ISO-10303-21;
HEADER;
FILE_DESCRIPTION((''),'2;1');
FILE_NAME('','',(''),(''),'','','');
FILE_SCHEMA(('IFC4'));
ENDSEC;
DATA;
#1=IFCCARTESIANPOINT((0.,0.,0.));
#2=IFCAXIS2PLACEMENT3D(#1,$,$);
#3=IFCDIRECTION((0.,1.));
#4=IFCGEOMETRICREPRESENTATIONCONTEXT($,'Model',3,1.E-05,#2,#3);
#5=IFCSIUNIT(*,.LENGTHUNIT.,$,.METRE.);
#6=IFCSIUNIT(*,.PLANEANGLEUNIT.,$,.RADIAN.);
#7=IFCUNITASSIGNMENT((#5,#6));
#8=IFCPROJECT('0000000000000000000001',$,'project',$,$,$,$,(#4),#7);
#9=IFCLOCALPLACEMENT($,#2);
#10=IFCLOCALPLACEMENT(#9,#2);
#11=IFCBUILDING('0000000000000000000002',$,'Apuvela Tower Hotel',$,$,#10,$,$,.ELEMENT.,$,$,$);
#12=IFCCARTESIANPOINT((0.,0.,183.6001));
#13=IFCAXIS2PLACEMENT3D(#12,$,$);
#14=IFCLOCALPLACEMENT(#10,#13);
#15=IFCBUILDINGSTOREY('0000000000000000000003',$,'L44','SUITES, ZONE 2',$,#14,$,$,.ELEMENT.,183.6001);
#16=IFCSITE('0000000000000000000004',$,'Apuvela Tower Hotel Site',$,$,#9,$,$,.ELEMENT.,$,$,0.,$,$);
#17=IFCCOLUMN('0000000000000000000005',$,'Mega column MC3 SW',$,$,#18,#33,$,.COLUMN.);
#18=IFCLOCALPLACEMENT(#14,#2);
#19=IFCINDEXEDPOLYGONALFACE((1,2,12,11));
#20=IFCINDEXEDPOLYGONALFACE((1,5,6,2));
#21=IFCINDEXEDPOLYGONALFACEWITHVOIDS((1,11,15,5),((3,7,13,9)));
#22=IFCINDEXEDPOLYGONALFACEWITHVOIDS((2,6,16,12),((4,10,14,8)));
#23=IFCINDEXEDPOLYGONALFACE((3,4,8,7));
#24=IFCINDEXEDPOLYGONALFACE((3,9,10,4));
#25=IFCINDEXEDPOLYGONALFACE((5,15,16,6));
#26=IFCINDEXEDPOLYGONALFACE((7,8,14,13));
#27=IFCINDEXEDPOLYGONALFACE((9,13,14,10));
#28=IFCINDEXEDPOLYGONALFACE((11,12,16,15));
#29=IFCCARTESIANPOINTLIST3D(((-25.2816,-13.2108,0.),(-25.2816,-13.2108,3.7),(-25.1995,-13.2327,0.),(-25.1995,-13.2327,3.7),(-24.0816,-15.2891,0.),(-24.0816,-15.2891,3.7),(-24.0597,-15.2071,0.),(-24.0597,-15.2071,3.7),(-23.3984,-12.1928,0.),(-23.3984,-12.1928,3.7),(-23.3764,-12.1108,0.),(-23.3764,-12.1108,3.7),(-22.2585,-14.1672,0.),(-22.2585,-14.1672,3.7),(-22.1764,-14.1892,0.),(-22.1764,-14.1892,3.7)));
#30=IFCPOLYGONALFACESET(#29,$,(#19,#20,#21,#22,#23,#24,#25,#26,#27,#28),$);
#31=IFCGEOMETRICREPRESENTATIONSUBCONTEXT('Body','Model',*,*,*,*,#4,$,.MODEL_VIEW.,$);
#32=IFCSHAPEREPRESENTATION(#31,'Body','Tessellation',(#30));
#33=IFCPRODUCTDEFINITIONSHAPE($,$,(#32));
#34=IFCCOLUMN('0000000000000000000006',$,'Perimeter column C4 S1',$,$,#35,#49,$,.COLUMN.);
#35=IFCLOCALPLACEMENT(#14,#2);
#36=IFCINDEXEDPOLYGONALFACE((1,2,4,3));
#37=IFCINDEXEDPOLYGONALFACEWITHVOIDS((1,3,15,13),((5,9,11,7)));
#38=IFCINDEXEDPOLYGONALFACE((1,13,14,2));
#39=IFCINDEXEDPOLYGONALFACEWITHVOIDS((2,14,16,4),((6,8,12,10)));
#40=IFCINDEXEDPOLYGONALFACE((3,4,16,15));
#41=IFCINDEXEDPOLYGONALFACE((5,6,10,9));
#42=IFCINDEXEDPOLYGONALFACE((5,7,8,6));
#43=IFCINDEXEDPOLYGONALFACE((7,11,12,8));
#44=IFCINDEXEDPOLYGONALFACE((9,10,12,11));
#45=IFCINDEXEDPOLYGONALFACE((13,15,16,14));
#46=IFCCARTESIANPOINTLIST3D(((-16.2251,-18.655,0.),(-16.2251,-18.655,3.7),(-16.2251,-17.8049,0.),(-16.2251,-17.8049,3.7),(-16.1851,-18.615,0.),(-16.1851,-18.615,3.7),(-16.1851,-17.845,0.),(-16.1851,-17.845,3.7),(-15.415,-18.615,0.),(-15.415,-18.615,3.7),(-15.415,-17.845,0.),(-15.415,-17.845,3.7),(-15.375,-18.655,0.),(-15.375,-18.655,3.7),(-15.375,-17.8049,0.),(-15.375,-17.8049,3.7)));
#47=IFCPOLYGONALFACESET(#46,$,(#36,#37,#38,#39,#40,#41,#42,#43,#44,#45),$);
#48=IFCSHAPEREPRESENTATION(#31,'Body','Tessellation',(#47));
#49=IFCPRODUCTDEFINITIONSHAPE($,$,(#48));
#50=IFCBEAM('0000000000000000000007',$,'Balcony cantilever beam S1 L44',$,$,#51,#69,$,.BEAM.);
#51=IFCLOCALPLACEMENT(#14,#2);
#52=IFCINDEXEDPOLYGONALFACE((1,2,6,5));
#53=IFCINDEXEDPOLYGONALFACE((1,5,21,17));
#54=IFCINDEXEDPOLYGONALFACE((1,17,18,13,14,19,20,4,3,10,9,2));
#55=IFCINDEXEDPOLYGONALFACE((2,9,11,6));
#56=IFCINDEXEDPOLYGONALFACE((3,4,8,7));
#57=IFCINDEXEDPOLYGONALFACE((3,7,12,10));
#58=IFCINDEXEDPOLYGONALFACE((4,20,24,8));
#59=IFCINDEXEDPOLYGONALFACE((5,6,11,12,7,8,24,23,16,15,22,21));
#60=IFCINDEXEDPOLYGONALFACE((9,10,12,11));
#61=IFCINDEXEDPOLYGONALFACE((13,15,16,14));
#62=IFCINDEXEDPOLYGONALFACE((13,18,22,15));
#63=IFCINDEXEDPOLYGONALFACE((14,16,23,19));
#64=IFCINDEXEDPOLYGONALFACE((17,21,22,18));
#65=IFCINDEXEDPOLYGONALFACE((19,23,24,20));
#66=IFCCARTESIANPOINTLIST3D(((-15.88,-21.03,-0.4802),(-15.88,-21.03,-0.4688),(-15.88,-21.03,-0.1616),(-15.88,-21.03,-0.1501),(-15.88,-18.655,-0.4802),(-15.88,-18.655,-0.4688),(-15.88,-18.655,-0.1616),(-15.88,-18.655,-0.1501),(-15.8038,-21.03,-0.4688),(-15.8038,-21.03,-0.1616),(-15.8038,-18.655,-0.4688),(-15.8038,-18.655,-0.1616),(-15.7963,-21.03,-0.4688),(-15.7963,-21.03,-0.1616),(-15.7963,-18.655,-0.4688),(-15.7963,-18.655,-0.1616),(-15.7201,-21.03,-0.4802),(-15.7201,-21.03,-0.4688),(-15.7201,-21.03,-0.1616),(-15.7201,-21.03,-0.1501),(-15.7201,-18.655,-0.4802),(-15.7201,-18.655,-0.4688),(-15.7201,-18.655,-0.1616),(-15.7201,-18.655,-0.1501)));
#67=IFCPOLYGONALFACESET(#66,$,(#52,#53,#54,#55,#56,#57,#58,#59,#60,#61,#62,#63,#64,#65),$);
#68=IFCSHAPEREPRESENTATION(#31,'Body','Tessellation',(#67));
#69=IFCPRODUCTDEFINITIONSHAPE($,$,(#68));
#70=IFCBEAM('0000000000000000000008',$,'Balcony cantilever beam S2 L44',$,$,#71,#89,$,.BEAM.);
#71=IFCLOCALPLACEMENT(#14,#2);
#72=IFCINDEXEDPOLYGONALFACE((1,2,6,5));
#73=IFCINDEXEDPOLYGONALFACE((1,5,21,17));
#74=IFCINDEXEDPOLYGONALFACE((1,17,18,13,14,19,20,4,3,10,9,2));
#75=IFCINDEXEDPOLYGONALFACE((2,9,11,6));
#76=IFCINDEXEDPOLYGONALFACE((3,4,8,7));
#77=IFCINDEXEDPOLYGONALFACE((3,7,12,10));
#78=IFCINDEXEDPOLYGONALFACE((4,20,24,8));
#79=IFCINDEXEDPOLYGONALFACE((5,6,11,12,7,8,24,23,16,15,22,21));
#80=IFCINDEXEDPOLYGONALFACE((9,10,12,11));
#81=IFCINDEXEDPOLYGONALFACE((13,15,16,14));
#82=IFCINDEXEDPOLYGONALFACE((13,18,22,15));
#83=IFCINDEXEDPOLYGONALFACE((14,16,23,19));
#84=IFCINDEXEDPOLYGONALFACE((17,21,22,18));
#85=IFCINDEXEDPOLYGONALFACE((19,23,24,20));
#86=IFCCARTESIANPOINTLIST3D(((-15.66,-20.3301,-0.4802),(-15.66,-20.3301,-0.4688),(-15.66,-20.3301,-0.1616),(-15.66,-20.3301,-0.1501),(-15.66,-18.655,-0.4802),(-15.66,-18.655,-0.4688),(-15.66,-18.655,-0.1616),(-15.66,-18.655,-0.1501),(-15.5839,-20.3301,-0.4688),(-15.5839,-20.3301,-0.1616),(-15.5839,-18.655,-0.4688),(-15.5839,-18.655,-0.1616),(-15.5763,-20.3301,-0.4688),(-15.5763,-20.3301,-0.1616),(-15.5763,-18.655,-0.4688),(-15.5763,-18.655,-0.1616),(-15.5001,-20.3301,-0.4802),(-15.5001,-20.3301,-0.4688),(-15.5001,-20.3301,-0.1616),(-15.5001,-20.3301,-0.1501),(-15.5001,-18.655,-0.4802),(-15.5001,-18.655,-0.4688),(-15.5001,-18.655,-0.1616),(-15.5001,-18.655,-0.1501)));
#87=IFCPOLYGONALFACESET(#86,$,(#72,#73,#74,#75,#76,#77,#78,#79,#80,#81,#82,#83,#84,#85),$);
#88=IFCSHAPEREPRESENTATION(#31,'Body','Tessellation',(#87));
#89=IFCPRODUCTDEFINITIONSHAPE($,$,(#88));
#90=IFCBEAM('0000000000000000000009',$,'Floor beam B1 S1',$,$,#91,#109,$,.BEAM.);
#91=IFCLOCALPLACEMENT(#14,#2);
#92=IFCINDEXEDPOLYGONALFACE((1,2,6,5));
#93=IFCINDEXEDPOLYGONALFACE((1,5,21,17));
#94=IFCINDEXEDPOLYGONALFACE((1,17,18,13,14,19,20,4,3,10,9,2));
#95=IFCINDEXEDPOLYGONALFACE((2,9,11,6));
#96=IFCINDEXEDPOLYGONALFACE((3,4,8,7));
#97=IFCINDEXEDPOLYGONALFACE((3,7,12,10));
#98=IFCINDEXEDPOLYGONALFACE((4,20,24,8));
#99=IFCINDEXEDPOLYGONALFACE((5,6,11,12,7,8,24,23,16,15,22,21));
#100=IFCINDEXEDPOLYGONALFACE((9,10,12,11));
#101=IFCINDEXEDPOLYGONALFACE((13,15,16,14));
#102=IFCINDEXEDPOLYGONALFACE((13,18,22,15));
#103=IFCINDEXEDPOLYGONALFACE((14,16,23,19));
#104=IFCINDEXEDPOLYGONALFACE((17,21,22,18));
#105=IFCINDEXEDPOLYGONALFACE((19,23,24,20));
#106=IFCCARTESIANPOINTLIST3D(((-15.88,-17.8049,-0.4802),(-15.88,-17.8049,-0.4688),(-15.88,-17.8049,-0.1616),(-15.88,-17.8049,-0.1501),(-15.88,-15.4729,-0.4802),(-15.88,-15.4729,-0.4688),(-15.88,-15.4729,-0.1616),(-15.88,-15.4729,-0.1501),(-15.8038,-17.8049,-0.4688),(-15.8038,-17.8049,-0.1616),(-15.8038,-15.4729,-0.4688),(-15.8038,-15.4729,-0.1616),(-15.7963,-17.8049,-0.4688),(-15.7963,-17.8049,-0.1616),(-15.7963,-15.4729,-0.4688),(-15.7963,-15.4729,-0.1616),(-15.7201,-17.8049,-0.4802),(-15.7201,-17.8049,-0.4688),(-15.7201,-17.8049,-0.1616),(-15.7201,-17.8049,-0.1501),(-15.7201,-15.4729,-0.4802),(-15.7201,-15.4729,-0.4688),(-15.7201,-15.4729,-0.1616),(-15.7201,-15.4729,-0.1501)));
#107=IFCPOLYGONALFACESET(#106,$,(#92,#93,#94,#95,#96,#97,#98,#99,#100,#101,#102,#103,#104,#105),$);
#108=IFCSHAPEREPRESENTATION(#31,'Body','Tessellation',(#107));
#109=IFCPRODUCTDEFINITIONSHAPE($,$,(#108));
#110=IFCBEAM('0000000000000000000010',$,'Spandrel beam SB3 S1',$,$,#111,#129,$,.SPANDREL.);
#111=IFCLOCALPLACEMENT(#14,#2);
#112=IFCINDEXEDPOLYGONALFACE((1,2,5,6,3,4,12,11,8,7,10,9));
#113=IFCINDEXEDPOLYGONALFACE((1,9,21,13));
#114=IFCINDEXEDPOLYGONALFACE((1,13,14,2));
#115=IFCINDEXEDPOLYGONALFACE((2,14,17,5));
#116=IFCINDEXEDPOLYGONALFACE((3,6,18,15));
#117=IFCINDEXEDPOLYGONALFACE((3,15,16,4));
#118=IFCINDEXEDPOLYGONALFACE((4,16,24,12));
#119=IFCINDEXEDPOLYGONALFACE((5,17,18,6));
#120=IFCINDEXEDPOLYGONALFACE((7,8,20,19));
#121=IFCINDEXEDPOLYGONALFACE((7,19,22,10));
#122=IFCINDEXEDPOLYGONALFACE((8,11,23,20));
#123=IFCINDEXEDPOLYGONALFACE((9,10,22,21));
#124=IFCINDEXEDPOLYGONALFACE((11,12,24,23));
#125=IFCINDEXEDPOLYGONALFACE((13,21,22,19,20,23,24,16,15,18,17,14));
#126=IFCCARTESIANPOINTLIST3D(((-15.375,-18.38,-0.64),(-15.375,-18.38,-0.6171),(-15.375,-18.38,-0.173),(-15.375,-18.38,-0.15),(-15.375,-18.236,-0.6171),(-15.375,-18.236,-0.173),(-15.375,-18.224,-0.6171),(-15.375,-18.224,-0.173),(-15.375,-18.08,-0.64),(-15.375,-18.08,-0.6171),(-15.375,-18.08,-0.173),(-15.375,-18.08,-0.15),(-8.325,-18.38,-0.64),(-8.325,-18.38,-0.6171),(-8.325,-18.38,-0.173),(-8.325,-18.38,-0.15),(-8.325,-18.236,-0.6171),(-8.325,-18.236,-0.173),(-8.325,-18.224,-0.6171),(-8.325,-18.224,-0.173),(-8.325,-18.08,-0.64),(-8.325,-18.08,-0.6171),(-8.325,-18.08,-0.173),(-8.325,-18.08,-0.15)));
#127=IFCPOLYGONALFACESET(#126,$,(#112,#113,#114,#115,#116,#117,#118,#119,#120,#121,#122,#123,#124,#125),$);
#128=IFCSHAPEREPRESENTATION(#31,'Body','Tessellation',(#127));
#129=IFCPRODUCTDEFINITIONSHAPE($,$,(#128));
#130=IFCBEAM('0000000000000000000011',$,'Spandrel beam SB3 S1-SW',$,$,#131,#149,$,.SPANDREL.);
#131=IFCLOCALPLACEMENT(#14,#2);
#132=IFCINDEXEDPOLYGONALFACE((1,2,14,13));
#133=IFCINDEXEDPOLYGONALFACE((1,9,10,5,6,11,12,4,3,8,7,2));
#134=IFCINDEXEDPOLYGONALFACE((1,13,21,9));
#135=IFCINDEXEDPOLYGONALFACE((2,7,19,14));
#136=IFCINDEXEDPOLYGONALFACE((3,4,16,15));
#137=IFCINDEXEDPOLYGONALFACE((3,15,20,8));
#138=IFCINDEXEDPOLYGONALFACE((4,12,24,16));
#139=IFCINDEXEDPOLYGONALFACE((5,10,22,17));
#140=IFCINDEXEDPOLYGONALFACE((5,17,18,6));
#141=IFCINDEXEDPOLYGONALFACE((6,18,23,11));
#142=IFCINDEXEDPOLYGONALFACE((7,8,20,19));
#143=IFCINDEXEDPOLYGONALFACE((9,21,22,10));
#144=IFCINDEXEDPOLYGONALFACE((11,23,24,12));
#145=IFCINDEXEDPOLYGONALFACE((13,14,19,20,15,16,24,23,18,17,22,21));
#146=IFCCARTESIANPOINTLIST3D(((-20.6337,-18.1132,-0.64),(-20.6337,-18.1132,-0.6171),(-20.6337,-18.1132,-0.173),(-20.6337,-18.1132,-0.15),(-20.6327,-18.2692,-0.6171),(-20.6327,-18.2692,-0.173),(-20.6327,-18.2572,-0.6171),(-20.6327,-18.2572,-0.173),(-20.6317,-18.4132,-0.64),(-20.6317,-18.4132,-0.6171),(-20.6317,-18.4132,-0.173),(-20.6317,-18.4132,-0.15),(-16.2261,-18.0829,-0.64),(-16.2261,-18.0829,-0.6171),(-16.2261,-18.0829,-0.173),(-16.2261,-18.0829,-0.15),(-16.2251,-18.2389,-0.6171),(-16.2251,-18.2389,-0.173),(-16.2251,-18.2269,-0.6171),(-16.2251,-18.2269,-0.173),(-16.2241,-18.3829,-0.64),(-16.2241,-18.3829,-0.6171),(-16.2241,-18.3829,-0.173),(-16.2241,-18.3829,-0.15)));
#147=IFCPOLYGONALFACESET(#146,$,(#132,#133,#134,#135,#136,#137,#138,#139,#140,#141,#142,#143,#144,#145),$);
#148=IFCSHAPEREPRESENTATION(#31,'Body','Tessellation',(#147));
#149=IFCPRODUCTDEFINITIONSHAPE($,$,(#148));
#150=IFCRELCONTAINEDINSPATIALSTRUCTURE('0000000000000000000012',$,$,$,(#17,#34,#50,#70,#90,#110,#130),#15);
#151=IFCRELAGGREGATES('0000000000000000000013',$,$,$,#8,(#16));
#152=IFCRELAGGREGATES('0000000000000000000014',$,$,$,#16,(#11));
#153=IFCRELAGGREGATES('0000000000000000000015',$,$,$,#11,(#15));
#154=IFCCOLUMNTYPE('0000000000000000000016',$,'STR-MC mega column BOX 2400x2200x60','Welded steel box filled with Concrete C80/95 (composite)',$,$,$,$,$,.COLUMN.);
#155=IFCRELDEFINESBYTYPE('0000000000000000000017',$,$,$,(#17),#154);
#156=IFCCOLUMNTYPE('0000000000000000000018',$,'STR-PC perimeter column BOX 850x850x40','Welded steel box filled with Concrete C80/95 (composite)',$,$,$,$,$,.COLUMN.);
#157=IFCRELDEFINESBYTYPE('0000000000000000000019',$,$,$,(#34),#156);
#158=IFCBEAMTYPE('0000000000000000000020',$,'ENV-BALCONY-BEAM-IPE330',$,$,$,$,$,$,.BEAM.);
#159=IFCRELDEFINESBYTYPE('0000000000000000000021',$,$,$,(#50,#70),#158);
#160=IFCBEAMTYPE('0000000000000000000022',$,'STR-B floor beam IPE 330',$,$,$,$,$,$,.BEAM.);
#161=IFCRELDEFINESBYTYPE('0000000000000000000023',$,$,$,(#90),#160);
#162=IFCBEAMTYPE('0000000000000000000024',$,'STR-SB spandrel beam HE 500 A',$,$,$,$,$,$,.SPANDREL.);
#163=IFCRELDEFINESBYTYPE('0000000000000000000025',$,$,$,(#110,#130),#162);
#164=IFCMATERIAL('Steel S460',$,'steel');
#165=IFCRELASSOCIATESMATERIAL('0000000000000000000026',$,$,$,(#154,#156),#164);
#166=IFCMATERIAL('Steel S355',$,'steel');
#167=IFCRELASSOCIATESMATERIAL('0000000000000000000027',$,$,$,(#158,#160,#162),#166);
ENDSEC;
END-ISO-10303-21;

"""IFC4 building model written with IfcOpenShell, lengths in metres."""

from ifc_helpers import new_model, si_unit, direction, frame, origin, origin_2d, place, context, subcontext, project, spatial, rectangle, hollow_rectangle, i_section, extrude, material, material_profile, profile_set, type_object, element, save


model = new_model("IFC4")

# Units and contexts
model_context = context("Model", 3, precision=1e-05, world=origin(), true_north=direction((0.0, 1.0)))
body_context = subcontext(model_context, "Body", "Model", "MODEL_VIEW")
ifc_project = project(units=[si_unit("LENGTHUNIT", "METRE"), si_unit("PLANEANGLEUNIT", "RADIAN")], contexts=[model_context])

# Site, building, storey
site_placement = place(None, origin())
site = spatial("IfcSite", under=ifc_project, at=site_placement, Name="Apuvela Tower Hotel Site", CompositionType="ELEMENT", RefElevation=0.0)
building_placement = place(site_placement, origin())
building = spatial("IfcBuilding", under=site, at=building_placement, Name="Apuvela Tower Hotel", CompositionType="ELEMENT")
storey_placement = place(building_placement, frame((0.0, 0.0, 183.6001)))
storey = spatial("IfcBuildingStorey", under=building, at=storey_placement, Name="L44", Description="SUITES, ZONE 2", CompositionType="ELEMENT", Elevation=183.6001)

# Columns
ifc_material_1 = material(Name="Steel S460", Category="steel")
ifc_material_profile_1 = material_profile(ifc_material_1, hollow_rectangle(XDim=2.3999, YDim=2.2, WallThickness=0.0601, at=origin_2d()), Name="BOX 2400x2200x60")
ifc_material_2 = material(Name="Concrete C80/95", Category="concrete")
ifc_material_profile_2 = material_profile(ifc_material_2, rectangle(XDim=2.28, YDim=2.0801, at=origin_2d()), Name="Concrete C80/95 infill")
ifc_profile_set_1 = profile_set([ifc_material_profile_1, ifc_material_profile_2], Name="Steel S460")
column_type_1 = type_object("IfcColumnType", Name="STR-MC mega column BOX 2400x2200x60", Description="Welded steel box filled with Concrete C80/95 (composite)", PredefinedType="COLUMN", material=ifc_profile_set_1)
column_1_placement = place(storey_placement, frame((-23.729, -13.7, 0.0), z_axis=(0.0, 0.0, 1.0), x_axis=(-0.5, 0.866025, 0.0)))
element("IfcColumn", 1, at=column_1_placement, inside=storey, type_object=column_type_1, Name="Mega column MC3 SW", PredefinedType="COLUMN", context=body_context, shape_type="SweptSolid", body=[
    extrude(hollow_rectangle(XDim=2.3999, YDim=2.2, WallThickness=0.0601, at=origin_2d()), origin(), (0.0, 0.0, 1.0), 3.7),
])
ifc_material_profile_3 = material_profile(ifc_material_1, hollow_rectangle(XDim=0.8501, YDim=0.8501, WallThickness=0.04, at=origin_2d()), Name="BOX 850x850x40")
ifc_material_profile_4 = material_profile(ifc_material_2, rectangle(XDim=0.77, YDim=0.77, at=origin_2d()), Name="Concrete C80/95 infill")
ifc_profile_set_2 = profile_set([ifc_material_profile_3, ifc_material_profile_4], Name="Steel S460")
column_type_2 = type_object("IfcColumnType", Name="STR-PC perimeter column BOX 850x850x40", Description="Welded steel box filled with Concrete C80/95 (composite)", PredefinedType="COLUMN", material=ifc_profile_set_2)
column_2_placement = place(storey_placement, frame((-15.8, -18.23, 0.0), z_axis=(0.0, 0.0, 1.0), x_axis=(-1.0, 0.0, 0.0)))
element("IfcColumn", 2, at=column_2_placement, inside=storey, type_object=column_type_2, Name="Perimeter column C4 S1", PredefinedType="COLUMN", context=body_context, shape_type="SweptSolid", body=[
    extrude(hollow_rectangle(XDim=0.8501, YDim=0.8501, WallThickness=0.04, at=origin_2d()), origin(), (0.0, 0.0, 1.0), 3.7),
])

# Beams
ifc_material_3 = material(Name="Steel S355", Category="steel")
ifc_material_profile_5 = material_profile(ifc_material_3, i_section(OverallWidth=0.1599, OverallDepth=0.3301, WebThickness=0.0076, FlangeThickness=0.0115, at=origin_2d()), Name="IPE 330")
ifc_profile_set_3 = profile_set([ifc_material_profile_5], Name="Steel S355")
beam_type_1 = type_object("IfcBeamType", Name="ENV-BALCONY-BEAM-IPE330", PredefinedType="BEAM", material=ifc_profile_set_3)
beam_1_placement = place(storey_placement, frame((-15.8, -18.655, -0.3152), z_axis=(0.0, -1.0, 0.0), x_axis=(1.0, 0.0, 0.0)))
element("IfcBeam", 3, at=beam_1_placement, inside=storey, type_object=beam_type_1, Name="Balcony cantilever beam S1 L44", PredefinedType="BEAM", context=body_context, shape_type="SweptSolid", body=[
    extrude(i_section(OverallWidth=0.1599, OverallDepth=0.3301, WebThickness=0.0076, FlangeThickness=0.0115, at=origin_2d()), origin(), (0.0, 0.0, 1.0), 2.375),
])
beam_2_placement = place(storey_placement, frame((-15.5801, -18.655, -0.3152), z_axis=(0.0, -1.0, 0.0), x_axis=(1.0, 0.0, 0.0)))
element("IfcBeam", 4, at=beam_2_placement, inside=storey, type_object=beam_type_1, Name="Balcony cantilever beam S2 L44", PredefinedType="BEAM", context=body_context, shape_type="SweptSolid", body=[
    extrude(i_section(OverallWidth=0.1599, OverallDepth=0.3301, WebThickness=0.0076, FlangeThickness=0.0115, at=origin_2d()), origin(), (0.0, 0.0, 1.0), 1.675),
])
ifc_material_profile_6 = material_profile(ifc_material_3, i_section(OverallWidth=0.1599, OverallDepth=0.3301, WebThickness=0.0076, FlangeThickness=0.0115, at=origin_2d()), Name="IPE 330")
ifc_profile_set_4 = profile_set([ifc_material_profile_6], Name="Steel S355")
beam_type_2 = type_object("IfcBeamType", Name="STR-B floor beam IPE 330", PredefinedType="BEAM", material=ifc_profile_set_4)
beam_3_placement = place(storey_placement, frame((-15.8, -17.8049, -0.3152), z_axis=(0.0, 1.0, 0.0), x_axis=(-1.0, 0.0, 0.0)))
element("IfcBeam", 5, at=beam_3_placement, inside=storey, type_object=beam_type_2, Name="Floor beam B1 S1", PredefinedType="BEAM", context=body_context, shape_type="SweptSolid", body=[
    extrude(i_section(OverallWidth=0.1599, OverallDepth=0.3301, WebThickness=0.0076, FlangeThickness=0.0115, at=origin_2d()), origin(), (0.0, 0.0, 1.0), 2.332),
])
ifc_material_profile_7 = material_profile(ifc_material_3, i_section(OverallWidth=0.3, OverallDepth=0.49, WebThickness=0.012, FlangeThickness=0.0229, at=origin_2d()), Name="HE 500 A")
ifc_profile_set_5 = profile_set([ifc_material_profile_7], Name="Steel S355")
beam_type_3 = type_object("IfcBeamType", Name="STR-SB spandrel beam HE 500 A", PredefinedType="SPANDREL", material=ifc_profile_set_5)
beam_4_placement = place(storey_placement, frame((-15.375, -18.23, -0.395), z_axis=(1.0, 0.0, 0.0), x_axis=(0.0, 1.0, 0.0)))
element("IfcBeam", 6, at=beam_4_placement, inside=storey, type_object=beam_type_3, Name="Spandrel beam SB3 S1", PredefinedType="SPANDREL", context=body_context, shape_type="SweptSolid", body=[
    extrude(i_section(OverallWidth=0.3, OverallDepth=0.49, WebThickness=0.012, FlangeThickness=0.0229, at=origin_2d()), origin(), (0.0, 0.0, 1.0), 7.05),
])
beam_5_placement = place(storey_placement, frame((-16.2251, -18.2329, -0.395), z_axis=(-0.999976, -0.006868, 0.0), x_axis=(0.006868, -0.999976, 0.0)))
element("IfcBeam", 7, at=beam_5_placement, inside=storey, type_object=beam_type_3, Name="Spandrel beam SB3 S1-SW", PredefinedType="SPANDREL", context=body_context, shape_type="SweptSolid", body=[
    extrude(i_section(OverallWidth=0.3, OverallDepth=0.49, WebThickness=0.012, FlangeThickness=0.0229, at=origin_2d()), origin(), (0.0, 0.0, 1.0), 4.4077),
])

save(model, "model.ifc")
